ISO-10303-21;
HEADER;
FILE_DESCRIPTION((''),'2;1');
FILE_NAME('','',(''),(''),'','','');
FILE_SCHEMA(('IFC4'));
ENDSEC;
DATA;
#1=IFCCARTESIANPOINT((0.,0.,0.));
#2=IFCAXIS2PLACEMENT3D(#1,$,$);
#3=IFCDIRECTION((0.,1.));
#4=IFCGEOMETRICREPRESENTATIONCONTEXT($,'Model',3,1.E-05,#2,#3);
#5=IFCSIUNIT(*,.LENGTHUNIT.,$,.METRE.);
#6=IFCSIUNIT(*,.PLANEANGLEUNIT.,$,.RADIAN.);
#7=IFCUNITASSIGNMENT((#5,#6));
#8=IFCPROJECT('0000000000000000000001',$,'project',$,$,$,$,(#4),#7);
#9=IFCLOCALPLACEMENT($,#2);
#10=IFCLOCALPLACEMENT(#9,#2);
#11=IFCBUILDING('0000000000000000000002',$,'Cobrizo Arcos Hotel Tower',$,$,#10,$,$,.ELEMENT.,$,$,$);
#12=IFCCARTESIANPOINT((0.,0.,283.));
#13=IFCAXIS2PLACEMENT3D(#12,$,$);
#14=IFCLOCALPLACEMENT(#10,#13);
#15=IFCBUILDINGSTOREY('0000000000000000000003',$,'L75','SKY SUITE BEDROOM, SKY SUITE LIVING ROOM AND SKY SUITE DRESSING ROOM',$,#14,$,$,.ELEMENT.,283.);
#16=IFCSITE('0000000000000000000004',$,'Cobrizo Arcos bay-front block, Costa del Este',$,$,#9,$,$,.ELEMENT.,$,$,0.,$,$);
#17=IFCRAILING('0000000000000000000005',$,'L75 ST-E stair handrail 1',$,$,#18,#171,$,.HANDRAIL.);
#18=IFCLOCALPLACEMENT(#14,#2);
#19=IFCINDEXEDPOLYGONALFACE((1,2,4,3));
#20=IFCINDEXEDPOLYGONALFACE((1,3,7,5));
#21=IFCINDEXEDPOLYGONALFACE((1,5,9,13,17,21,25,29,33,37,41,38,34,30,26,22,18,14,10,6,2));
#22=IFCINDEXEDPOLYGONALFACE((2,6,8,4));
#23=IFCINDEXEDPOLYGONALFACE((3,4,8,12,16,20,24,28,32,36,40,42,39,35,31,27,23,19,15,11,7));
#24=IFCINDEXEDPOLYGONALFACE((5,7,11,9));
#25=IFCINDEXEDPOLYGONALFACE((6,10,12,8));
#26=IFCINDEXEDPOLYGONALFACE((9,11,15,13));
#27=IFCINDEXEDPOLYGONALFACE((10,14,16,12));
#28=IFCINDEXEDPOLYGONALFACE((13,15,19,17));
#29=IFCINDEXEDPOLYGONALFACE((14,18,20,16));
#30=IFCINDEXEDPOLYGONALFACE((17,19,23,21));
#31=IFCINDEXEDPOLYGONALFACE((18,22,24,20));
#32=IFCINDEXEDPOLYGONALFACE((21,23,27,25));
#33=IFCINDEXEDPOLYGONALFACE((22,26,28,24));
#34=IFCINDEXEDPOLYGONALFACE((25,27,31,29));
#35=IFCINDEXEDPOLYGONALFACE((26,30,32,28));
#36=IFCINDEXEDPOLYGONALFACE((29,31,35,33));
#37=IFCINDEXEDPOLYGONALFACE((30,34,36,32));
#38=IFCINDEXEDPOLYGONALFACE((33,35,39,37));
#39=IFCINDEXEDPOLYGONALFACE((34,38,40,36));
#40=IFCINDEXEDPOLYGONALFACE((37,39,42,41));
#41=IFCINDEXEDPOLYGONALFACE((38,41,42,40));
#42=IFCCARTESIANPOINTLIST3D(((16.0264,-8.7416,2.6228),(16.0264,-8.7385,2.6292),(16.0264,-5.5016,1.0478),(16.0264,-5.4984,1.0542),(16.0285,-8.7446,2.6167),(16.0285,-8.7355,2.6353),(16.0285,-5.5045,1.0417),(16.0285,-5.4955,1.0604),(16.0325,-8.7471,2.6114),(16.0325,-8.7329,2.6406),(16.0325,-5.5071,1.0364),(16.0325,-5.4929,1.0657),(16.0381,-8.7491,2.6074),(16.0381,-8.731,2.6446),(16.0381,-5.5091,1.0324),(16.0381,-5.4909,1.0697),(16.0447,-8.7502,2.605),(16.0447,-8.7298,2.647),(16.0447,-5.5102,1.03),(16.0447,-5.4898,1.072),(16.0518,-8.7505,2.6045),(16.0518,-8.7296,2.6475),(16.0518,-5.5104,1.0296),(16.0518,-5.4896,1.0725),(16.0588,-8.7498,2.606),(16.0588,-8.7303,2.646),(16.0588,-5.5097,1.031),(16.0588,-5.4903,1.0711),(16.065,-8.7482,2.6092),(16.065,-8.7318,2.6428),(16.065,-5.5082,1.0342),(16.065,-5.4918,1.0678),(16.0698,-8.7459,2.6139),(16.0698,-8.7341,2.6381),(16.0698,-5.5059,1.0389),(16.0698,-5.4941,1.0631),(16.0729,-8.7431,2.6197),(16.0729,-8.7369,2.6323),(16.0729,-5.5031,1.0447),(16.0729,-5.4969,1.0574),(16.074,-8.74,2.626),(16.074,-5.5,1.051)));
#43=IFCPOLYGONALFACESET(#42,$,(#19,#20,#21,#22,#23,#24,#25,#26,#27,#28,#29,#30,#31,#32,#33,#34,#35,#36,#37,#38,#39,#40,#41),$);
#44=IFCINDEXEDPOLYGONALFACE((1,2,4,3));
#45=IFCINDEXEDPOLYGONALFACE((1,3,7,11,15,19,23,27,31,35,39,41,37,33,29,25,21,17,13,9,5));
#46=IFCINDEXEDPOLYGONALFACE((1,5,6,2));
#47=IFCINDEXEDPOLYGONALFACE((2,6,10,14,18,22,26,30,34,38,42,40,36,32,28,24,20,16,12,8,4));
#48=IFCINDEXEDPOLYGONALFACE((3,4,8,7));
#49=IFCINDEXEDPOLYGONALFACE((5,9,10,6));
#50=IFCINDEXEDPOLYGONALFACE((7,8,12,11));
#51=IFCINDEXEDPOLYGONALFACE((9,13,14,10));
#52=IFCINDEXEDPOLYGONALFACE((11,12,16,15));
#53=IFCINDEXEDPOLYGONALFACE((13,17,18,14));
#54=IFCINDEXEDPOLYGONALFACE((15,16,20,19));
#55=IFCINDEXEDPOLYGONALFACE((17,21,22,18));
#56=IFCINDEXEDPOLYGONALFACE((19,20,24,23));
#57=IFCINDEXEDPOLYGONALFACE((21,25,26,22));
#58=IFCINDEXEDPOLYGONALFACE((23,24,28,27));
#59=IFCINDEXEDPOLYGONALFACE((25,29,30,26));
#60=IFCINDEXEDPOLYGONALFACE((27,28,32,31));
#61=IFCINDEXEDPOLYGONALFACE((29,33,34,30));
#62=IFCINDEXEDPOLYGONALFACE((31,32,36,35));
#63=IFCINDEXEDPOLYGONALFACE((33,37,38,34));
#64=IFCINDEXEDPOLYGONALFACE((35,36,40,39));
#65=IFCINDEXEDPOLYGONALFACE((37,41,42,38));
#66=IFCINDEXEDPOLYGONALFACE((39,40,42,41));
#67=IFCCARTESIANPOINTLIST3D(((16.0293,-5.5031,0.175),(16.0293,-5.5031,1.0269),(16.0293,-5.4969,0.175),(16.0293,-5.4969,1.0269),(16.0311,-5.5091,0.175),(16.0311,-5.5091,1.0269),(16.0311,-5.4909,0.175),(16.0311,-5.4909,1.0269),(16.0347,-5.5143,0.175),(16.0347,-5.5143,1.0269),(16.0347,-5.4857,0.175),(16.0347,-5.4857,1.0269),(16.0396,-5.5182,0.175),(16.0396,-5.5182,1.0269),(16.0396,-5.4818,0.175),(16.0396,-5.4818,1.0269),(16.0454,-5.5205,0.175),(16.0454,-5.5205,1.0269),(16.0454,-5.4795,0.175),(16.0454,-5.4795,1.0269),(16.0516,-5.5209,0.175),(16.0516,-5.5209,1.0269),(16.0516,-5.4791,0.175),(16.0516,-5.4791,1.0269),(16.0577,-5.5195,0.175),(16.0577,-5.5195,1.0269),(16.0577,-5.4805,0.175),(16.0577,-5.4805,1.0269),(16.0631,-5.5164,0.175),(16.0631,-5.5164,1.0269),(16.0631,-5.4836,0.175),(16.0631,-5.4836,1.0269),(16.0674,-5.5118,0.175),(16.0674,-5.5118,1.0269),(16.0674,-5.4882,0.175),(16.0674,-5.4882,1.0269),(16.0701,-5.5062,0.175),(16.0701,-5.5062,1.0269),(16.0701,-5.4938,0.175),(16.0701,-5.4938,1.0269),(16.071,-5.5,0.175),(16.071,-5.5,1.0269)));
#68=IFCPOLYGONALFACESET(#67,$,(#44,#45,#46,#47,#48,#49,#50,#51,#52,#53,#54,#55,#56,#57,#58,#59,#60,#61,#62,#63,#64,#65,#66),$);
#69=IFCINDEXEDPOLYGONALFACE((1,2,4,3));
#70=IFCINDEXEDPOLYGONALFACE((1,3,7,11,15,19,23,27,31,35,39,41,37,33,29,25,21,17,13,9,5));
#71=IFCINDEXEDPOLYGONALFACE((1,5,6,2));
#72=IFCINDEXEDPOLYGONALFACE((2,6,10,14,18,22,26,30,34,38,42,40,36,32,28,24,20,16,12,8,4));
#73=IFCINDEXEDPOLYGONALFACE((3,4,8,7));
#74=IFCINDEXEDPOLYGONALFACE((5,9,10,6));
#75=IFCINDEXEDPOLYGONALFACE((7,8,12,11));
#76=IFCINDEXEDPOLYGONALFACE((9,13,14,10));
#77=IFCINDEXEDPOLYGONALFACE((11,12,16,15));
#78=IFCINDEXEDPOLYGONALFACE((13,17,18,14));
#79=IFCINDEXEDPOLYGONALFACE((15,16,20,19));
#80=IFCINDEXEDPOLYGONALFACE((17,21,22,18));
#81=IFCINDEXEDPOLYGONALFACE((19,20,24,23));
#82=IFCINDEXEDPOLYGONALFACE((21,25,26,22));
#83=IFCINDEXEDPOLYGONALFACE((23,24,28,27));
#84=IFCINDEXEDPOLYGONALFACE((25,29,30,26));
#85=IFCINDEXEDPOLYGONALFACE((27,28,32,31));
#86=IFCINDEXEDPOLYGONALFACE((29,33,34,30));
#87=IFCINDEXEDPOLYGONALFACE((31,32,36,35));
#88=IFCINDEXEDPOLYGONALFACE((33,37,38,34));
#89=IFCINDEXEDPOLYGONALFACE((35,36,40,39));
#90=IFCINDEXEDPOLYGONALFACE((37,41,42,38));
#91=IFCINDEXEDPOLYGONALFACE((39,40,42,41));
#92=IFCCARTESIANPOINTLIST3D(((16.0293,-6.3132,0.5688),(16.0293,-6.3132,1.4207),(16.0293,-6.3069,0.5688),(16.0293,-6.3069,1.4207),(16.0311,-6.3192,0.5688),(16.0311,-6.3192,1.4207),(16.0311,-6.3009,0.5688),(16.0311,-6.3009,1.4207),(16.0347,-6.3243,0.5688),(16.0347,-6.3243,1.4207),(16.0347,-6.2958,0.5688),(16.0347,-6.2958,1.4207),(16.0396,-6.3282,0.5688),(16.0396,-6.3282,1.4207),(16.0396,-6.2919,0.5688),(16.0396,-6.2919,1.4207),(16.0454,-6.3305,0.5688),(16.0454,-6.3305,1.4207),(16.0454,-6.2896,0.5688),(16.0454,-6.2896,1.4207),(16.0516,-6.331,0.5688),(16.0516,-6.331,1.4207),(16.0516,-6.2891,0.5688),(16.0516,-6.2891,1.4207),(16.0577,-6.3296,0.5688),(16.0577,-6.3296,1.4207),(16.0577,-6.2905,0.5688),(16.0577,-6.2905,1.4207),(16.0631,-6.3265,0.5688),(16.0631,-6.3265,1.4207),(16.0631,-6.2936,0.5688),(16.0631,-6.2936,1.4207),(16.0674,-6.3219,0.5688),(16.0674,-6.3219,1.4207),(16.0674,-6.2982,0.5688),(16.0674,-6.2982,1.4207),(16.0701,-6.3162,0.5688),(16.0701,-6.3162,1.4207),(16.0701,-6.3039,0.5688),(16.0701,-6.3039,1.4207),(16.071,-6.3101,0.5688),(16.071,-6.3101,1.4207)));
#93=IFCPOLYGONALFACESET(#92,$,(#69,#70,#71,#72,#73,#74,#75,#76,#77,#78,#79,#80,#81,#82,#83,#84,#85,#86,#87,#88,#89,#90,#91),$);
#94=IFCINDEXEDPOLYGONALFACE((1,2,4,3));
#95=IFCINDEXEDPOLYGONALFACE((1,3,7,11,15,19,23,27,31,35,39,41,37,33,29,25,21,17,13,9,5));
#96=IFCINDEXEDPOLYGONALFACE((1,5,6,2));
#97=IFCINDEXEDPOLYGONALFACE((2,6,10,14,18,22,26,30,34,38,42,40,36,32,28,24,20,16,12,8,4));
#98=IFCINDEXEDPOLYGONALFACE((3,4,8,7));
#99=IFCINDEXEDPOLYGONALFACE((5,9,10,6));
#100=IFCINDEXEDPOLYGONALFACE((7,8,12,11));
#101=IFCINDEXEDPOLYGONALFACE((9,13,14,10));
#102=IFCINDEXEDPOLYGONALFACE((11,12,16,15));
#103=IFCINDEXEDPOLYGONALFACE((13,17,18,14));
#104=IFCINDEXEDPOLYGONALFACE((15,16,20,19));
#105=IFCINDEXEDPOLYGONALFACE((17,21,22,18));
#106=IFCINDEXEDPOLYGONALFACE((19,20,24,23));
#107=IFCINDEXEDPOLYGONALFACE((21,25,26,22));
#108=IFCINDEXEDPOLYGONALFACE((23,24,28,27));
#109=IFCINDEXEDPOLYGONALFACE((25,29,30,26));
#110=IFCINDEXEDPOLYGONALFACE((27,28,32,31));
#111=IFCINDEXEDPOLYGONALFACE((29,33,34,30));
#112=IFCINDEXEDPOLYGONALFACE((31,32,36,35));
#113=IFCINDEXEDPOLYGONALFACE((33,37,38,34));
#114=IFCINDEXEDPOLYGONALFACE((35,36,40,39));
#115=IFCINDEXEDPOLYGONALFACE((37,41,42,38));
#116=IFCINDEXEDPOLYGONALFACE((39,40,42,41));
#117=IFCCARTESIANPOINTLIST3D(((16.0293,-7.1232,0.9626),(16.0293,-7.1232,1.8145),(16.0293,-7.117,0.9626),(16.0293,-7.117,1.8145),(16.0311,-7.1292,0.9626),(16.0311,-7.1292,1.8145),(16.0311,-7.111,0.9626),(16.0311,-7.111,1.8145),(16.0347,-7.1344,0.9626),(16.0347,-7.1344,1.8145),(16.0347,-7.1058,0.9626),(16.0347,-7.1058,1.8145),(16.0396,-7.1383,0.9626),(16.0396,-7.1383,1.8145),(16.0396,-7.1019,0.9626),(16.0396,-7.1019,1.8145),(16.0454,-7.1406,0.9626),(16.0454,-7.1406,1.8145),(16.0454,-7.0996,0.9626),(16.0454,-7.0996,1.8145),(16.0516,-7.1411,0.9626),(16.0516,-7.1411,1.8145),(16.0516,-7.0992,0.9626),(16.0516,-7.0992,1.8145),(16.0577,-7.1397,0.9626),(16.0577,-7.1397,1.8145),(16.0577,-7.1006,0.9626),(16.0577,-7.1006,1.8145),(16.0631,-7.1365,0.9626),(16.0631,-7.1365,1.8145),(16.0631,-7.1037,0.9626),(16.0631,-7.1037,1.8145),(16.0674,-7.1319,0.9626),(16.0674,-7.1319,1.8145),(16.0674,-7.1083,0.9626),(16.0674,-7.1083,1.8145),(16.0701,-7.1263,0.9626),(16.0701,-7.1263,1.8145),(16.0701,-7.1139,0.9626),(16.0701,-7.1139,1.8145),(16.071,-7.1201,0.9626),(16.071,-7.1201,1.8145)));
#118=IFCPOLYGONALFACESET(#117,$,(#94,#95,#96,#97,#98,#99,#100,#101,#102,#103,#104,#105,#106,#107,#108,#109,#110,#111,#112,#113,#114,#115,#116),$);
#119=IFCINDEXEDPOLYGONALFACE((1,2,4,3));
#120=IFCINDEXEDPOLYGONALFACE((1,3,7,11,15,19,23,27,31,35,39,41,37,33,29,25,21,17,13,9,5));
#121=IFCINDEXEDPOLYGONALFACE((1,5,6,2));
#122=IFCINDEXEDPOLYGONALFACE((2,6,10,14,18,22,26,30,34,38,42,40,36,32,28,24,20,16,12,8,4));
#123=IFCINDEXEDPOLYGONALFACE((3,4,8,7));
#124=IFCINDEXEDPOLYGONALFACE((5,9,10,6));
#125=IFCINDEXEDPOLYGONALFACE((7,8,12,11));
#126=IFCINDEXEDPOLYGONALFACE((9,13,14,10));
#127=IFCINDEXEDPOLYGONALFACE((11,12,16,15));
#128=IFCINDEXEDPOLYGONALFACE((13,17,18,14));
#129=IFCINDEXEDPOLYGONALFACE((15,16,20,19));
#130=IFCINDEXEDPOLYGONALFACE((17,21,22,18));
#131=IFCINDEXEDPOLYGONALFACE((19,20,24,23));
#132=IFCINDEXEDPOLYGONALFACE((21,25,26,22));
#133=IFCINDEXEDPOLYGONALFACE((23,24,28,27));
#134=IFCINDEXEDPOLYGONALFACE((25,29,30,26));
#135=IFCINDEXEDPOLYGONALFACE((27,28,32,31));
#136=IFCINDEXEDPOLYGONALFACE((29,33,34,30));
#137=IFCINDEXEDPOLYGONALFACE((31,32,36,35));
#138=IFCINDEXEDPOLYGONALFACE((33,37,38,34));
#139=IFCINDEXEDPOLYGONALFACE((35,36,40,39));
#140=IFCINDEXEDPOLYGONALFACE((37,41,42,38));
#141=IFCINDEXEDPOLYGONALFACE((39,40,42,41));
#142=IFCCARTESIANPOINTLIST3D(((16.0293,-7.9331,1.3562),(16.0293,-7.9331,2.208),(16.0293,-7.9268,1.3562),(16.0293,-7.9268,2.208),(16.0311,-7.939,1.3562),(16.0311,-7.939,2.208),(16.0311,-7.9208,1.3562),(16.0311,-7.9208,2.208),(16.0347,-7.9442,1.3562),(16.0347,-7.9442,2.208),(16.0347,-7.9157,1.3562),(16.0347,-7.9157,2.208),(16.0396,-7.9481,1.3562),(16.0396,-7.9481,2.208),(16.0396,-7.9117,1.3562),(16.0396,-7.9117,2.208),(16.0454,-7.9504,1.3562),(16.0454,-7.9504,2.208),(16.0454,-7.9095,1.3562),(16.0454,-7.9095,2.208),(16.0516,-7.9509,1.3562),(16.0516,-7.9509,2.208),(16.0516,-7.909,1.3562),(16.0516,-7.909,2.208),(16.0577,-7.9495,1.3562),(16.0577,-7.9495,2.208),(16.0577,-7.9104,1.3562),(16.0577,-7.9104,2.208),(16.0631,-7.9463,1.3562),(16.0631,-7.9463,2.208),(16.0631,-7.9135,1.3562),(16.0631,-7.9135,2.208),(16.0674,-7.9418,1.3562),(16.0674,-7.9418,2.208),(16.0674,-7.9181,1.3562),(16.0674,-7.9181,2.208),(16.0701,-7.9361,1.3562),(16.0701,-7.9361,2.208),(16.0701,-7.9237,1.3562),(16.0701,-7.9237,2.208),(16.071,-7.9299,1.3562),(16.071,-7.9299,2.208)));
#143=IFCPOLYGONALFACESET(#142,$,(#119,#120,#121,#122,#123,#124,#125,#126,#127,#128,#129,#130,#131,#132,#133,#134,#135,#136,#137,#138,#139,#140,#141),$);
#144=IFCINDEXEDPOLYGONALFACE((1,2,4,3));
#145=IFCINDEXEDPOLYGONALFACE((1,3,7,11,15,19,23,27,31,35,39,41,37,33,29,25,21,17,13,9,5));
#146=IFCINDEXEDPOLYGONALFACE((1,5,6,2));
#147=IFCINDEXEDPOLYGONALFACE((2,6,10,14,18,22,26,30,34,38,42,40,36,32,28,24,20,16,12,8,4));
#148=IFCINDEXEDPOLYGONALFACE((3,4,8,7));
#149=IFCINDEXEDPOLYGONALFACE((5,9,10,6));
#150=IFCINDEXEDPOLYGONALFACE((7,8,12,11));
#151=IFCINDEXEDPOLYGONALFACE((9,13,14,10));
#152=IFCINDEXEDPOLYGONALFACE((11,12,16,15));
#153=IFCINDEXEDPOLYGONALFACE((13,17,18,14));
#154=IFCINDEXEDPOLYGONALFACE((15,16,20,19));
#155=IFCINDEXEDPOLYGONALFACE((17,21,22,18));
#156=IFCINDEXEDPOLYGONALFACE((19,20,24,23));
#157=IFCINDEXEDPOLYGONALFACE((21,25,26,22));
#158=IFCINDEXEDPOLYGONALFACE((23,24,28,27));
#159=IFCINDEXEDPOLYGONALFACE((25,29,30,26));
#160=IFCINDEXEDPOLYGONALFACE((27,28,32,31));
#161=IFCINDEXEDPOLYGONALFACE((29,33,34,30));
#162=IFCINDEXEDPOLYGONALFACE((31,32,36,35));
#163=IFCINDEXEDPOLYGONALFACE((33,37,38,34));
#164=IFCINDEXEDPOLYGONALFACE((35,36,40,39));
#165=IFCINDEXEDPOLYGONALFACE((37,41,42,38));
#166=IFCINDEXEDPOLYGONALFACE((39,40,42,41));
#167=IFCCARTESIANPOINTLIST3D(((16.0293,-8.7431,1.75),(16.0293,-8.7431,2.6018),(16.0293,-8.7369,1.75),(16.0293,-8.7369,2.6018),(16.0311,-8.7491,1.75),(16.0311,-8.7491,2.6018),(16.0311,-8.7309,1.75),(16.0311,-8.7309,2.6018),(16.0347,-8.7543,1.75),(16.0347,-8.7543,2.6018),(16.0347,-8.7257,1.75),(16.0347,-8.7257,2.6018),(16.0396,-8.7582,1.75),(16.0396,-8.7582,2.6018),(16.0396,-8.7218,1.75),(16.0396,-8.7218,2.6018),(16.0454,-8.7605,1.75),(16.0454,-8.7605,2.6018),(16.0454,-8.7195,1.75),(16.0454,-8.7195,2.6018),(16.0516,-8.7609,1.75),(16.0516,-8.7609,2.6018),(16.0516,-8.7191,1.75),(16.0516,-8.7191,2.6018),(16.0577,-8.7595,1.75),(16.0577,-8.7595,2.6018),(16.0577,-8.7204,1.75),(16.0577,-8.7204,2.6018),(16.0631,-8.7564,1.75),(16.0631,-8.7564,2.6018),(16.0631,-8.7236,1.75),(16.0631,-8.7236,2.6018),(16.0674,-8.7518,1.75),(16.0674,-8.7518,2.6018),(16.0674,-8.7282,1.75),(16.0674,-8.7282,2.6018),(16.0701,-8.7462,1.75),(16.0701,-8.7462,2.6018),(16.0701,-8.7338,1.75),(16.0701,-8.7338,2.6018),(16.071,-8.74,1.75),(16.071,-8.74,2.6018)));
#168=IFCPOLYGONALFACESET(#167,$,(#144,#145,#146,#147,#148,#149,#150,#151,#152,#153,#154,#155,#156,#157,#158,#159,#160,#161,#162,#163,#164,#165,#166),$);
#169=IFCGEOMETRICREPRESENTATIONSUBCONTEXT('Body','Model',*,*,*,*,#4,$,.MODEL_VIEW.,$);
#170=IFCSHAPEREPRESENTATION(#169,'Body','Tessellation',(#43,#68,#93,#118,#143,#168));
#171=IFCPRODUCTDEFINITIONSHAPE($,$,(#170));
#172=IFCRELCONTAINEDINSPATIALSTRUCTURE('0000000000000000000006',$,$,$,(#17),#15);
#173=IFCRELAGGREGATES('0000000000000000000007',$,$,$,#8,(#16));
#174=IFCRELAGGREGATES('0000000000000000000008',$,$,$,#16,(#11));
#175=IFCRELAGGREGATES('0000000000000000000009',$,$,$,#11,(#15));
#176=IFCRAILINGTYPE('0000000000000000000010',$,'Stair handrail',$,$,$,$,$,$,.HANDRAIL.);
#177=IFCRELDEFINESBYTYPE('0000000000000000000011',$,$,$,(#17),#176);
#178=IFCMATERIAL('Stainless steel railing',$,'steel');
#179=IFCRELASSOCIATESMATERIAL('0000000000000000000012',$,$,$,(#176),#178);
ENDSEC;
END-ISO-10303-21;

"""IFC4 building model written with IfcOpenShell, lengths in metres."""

from ifc_helpers import new_model, si_unit, direction, frame, origin, origin_2d, place, context, subcontext, project, spatial, circle, extrude, material, type_object, element, save


model = new_model("IFC4")

# Units and contexts
model_context = context("Model", 3, precision=1e-05, world=origin(), true_north=direction((0.0, 1.0)))
body_context = subcontext(model_context, "Body", "Model", "MODEL_VIEW")
ifc_project = project(units=[si_unit("LENGTHUNIT", "METRE"), si_unit("PLANEANGLEUNIT", "RADIAN")], contexts=[model_context])

# Site, building, storey
site_placement = place(None, origin())
site = spatial("IfcSite", under=ifc_project, at=site_placement, Name="Cobrizo Arcos bay-front block, Costa del Este", CompositionType="ELEMENT", RefElevation=0.0)
building_placement = place(site_placement, origin())
building = spatial("IfcBuilding", under=site, at=building_placement, Name="Cobrizo Arcos Hotel Tower", CompositionType="ELEMENT")
storey_placement = place(building_placement, frame((0.0, 0.0, 283.0)))
storey = spatial("IfcBuildingStorey", under=building, at=storey_placement, Name="L75", Description="SKY SUITE BEDROOM, SKY SUITE LIVING ROOM AND SKY SUITE DRESSING ROOM", CompositionType="ELEMENT", Elevation=283.0)

# Railing
ifc_material_1 = material(Name="Stainless steel railing", Category="steel")
railing_type_1 = type_object("IfcRailingType", Name="Stair handrail", PredefinedType="HANDRAIL", material=ifc_material_1)
railing_1_placement = place(storey_placement, frame((16.05, -5.5, 0.175)))
element("IfcRailing", 1, at=railing_1_placement, inside=storey, type_object=railing_type_1, Name="L75 ST-E stair handrail 1", PredefinedType="HANDRAIL", context=body_context, shape_type="SweptSolid", body=[
    extrude(circle(Radius=0.0239, at=origin_2d()), frame((0.0, 0.0, 0.876), z_axis=(0.0, -0.899373, 0.437183), x_axis=(1.0, 0.0, 0.0)), (0.0, 0.0, 1.0), 3.6025),
    extrude(circle(Radius=0.021, at=origin_2d()), origin(), (0.0, 0.0, 1.0), 0.8518),
    extrude(circle(Radius=0.021, at=origin_2d()), frame((0.0, -0.8101, 0.3938)), (0.0, 0.0, 1.0), 0.8518),
    extrude(circle(Radius=0.021, at=origin_2d()), frame((0.0, -1.6201, 0.7876)), (0.0, 0.0, 1.0), 0.8518),
    extrude(circle(Radius=0.021, at=origin_2d()), frame((0.0, -2.4299, 1.1812)), (0.0, 0.0, 1.0), 0.8518),
    extrude(circle(Radius=0.021, at=origin_2d()), frame((0.0, -3.24, 1.575)), (0.0, 0.0, 1.0), 0.8518),
])

save(model, "model.ifc")
